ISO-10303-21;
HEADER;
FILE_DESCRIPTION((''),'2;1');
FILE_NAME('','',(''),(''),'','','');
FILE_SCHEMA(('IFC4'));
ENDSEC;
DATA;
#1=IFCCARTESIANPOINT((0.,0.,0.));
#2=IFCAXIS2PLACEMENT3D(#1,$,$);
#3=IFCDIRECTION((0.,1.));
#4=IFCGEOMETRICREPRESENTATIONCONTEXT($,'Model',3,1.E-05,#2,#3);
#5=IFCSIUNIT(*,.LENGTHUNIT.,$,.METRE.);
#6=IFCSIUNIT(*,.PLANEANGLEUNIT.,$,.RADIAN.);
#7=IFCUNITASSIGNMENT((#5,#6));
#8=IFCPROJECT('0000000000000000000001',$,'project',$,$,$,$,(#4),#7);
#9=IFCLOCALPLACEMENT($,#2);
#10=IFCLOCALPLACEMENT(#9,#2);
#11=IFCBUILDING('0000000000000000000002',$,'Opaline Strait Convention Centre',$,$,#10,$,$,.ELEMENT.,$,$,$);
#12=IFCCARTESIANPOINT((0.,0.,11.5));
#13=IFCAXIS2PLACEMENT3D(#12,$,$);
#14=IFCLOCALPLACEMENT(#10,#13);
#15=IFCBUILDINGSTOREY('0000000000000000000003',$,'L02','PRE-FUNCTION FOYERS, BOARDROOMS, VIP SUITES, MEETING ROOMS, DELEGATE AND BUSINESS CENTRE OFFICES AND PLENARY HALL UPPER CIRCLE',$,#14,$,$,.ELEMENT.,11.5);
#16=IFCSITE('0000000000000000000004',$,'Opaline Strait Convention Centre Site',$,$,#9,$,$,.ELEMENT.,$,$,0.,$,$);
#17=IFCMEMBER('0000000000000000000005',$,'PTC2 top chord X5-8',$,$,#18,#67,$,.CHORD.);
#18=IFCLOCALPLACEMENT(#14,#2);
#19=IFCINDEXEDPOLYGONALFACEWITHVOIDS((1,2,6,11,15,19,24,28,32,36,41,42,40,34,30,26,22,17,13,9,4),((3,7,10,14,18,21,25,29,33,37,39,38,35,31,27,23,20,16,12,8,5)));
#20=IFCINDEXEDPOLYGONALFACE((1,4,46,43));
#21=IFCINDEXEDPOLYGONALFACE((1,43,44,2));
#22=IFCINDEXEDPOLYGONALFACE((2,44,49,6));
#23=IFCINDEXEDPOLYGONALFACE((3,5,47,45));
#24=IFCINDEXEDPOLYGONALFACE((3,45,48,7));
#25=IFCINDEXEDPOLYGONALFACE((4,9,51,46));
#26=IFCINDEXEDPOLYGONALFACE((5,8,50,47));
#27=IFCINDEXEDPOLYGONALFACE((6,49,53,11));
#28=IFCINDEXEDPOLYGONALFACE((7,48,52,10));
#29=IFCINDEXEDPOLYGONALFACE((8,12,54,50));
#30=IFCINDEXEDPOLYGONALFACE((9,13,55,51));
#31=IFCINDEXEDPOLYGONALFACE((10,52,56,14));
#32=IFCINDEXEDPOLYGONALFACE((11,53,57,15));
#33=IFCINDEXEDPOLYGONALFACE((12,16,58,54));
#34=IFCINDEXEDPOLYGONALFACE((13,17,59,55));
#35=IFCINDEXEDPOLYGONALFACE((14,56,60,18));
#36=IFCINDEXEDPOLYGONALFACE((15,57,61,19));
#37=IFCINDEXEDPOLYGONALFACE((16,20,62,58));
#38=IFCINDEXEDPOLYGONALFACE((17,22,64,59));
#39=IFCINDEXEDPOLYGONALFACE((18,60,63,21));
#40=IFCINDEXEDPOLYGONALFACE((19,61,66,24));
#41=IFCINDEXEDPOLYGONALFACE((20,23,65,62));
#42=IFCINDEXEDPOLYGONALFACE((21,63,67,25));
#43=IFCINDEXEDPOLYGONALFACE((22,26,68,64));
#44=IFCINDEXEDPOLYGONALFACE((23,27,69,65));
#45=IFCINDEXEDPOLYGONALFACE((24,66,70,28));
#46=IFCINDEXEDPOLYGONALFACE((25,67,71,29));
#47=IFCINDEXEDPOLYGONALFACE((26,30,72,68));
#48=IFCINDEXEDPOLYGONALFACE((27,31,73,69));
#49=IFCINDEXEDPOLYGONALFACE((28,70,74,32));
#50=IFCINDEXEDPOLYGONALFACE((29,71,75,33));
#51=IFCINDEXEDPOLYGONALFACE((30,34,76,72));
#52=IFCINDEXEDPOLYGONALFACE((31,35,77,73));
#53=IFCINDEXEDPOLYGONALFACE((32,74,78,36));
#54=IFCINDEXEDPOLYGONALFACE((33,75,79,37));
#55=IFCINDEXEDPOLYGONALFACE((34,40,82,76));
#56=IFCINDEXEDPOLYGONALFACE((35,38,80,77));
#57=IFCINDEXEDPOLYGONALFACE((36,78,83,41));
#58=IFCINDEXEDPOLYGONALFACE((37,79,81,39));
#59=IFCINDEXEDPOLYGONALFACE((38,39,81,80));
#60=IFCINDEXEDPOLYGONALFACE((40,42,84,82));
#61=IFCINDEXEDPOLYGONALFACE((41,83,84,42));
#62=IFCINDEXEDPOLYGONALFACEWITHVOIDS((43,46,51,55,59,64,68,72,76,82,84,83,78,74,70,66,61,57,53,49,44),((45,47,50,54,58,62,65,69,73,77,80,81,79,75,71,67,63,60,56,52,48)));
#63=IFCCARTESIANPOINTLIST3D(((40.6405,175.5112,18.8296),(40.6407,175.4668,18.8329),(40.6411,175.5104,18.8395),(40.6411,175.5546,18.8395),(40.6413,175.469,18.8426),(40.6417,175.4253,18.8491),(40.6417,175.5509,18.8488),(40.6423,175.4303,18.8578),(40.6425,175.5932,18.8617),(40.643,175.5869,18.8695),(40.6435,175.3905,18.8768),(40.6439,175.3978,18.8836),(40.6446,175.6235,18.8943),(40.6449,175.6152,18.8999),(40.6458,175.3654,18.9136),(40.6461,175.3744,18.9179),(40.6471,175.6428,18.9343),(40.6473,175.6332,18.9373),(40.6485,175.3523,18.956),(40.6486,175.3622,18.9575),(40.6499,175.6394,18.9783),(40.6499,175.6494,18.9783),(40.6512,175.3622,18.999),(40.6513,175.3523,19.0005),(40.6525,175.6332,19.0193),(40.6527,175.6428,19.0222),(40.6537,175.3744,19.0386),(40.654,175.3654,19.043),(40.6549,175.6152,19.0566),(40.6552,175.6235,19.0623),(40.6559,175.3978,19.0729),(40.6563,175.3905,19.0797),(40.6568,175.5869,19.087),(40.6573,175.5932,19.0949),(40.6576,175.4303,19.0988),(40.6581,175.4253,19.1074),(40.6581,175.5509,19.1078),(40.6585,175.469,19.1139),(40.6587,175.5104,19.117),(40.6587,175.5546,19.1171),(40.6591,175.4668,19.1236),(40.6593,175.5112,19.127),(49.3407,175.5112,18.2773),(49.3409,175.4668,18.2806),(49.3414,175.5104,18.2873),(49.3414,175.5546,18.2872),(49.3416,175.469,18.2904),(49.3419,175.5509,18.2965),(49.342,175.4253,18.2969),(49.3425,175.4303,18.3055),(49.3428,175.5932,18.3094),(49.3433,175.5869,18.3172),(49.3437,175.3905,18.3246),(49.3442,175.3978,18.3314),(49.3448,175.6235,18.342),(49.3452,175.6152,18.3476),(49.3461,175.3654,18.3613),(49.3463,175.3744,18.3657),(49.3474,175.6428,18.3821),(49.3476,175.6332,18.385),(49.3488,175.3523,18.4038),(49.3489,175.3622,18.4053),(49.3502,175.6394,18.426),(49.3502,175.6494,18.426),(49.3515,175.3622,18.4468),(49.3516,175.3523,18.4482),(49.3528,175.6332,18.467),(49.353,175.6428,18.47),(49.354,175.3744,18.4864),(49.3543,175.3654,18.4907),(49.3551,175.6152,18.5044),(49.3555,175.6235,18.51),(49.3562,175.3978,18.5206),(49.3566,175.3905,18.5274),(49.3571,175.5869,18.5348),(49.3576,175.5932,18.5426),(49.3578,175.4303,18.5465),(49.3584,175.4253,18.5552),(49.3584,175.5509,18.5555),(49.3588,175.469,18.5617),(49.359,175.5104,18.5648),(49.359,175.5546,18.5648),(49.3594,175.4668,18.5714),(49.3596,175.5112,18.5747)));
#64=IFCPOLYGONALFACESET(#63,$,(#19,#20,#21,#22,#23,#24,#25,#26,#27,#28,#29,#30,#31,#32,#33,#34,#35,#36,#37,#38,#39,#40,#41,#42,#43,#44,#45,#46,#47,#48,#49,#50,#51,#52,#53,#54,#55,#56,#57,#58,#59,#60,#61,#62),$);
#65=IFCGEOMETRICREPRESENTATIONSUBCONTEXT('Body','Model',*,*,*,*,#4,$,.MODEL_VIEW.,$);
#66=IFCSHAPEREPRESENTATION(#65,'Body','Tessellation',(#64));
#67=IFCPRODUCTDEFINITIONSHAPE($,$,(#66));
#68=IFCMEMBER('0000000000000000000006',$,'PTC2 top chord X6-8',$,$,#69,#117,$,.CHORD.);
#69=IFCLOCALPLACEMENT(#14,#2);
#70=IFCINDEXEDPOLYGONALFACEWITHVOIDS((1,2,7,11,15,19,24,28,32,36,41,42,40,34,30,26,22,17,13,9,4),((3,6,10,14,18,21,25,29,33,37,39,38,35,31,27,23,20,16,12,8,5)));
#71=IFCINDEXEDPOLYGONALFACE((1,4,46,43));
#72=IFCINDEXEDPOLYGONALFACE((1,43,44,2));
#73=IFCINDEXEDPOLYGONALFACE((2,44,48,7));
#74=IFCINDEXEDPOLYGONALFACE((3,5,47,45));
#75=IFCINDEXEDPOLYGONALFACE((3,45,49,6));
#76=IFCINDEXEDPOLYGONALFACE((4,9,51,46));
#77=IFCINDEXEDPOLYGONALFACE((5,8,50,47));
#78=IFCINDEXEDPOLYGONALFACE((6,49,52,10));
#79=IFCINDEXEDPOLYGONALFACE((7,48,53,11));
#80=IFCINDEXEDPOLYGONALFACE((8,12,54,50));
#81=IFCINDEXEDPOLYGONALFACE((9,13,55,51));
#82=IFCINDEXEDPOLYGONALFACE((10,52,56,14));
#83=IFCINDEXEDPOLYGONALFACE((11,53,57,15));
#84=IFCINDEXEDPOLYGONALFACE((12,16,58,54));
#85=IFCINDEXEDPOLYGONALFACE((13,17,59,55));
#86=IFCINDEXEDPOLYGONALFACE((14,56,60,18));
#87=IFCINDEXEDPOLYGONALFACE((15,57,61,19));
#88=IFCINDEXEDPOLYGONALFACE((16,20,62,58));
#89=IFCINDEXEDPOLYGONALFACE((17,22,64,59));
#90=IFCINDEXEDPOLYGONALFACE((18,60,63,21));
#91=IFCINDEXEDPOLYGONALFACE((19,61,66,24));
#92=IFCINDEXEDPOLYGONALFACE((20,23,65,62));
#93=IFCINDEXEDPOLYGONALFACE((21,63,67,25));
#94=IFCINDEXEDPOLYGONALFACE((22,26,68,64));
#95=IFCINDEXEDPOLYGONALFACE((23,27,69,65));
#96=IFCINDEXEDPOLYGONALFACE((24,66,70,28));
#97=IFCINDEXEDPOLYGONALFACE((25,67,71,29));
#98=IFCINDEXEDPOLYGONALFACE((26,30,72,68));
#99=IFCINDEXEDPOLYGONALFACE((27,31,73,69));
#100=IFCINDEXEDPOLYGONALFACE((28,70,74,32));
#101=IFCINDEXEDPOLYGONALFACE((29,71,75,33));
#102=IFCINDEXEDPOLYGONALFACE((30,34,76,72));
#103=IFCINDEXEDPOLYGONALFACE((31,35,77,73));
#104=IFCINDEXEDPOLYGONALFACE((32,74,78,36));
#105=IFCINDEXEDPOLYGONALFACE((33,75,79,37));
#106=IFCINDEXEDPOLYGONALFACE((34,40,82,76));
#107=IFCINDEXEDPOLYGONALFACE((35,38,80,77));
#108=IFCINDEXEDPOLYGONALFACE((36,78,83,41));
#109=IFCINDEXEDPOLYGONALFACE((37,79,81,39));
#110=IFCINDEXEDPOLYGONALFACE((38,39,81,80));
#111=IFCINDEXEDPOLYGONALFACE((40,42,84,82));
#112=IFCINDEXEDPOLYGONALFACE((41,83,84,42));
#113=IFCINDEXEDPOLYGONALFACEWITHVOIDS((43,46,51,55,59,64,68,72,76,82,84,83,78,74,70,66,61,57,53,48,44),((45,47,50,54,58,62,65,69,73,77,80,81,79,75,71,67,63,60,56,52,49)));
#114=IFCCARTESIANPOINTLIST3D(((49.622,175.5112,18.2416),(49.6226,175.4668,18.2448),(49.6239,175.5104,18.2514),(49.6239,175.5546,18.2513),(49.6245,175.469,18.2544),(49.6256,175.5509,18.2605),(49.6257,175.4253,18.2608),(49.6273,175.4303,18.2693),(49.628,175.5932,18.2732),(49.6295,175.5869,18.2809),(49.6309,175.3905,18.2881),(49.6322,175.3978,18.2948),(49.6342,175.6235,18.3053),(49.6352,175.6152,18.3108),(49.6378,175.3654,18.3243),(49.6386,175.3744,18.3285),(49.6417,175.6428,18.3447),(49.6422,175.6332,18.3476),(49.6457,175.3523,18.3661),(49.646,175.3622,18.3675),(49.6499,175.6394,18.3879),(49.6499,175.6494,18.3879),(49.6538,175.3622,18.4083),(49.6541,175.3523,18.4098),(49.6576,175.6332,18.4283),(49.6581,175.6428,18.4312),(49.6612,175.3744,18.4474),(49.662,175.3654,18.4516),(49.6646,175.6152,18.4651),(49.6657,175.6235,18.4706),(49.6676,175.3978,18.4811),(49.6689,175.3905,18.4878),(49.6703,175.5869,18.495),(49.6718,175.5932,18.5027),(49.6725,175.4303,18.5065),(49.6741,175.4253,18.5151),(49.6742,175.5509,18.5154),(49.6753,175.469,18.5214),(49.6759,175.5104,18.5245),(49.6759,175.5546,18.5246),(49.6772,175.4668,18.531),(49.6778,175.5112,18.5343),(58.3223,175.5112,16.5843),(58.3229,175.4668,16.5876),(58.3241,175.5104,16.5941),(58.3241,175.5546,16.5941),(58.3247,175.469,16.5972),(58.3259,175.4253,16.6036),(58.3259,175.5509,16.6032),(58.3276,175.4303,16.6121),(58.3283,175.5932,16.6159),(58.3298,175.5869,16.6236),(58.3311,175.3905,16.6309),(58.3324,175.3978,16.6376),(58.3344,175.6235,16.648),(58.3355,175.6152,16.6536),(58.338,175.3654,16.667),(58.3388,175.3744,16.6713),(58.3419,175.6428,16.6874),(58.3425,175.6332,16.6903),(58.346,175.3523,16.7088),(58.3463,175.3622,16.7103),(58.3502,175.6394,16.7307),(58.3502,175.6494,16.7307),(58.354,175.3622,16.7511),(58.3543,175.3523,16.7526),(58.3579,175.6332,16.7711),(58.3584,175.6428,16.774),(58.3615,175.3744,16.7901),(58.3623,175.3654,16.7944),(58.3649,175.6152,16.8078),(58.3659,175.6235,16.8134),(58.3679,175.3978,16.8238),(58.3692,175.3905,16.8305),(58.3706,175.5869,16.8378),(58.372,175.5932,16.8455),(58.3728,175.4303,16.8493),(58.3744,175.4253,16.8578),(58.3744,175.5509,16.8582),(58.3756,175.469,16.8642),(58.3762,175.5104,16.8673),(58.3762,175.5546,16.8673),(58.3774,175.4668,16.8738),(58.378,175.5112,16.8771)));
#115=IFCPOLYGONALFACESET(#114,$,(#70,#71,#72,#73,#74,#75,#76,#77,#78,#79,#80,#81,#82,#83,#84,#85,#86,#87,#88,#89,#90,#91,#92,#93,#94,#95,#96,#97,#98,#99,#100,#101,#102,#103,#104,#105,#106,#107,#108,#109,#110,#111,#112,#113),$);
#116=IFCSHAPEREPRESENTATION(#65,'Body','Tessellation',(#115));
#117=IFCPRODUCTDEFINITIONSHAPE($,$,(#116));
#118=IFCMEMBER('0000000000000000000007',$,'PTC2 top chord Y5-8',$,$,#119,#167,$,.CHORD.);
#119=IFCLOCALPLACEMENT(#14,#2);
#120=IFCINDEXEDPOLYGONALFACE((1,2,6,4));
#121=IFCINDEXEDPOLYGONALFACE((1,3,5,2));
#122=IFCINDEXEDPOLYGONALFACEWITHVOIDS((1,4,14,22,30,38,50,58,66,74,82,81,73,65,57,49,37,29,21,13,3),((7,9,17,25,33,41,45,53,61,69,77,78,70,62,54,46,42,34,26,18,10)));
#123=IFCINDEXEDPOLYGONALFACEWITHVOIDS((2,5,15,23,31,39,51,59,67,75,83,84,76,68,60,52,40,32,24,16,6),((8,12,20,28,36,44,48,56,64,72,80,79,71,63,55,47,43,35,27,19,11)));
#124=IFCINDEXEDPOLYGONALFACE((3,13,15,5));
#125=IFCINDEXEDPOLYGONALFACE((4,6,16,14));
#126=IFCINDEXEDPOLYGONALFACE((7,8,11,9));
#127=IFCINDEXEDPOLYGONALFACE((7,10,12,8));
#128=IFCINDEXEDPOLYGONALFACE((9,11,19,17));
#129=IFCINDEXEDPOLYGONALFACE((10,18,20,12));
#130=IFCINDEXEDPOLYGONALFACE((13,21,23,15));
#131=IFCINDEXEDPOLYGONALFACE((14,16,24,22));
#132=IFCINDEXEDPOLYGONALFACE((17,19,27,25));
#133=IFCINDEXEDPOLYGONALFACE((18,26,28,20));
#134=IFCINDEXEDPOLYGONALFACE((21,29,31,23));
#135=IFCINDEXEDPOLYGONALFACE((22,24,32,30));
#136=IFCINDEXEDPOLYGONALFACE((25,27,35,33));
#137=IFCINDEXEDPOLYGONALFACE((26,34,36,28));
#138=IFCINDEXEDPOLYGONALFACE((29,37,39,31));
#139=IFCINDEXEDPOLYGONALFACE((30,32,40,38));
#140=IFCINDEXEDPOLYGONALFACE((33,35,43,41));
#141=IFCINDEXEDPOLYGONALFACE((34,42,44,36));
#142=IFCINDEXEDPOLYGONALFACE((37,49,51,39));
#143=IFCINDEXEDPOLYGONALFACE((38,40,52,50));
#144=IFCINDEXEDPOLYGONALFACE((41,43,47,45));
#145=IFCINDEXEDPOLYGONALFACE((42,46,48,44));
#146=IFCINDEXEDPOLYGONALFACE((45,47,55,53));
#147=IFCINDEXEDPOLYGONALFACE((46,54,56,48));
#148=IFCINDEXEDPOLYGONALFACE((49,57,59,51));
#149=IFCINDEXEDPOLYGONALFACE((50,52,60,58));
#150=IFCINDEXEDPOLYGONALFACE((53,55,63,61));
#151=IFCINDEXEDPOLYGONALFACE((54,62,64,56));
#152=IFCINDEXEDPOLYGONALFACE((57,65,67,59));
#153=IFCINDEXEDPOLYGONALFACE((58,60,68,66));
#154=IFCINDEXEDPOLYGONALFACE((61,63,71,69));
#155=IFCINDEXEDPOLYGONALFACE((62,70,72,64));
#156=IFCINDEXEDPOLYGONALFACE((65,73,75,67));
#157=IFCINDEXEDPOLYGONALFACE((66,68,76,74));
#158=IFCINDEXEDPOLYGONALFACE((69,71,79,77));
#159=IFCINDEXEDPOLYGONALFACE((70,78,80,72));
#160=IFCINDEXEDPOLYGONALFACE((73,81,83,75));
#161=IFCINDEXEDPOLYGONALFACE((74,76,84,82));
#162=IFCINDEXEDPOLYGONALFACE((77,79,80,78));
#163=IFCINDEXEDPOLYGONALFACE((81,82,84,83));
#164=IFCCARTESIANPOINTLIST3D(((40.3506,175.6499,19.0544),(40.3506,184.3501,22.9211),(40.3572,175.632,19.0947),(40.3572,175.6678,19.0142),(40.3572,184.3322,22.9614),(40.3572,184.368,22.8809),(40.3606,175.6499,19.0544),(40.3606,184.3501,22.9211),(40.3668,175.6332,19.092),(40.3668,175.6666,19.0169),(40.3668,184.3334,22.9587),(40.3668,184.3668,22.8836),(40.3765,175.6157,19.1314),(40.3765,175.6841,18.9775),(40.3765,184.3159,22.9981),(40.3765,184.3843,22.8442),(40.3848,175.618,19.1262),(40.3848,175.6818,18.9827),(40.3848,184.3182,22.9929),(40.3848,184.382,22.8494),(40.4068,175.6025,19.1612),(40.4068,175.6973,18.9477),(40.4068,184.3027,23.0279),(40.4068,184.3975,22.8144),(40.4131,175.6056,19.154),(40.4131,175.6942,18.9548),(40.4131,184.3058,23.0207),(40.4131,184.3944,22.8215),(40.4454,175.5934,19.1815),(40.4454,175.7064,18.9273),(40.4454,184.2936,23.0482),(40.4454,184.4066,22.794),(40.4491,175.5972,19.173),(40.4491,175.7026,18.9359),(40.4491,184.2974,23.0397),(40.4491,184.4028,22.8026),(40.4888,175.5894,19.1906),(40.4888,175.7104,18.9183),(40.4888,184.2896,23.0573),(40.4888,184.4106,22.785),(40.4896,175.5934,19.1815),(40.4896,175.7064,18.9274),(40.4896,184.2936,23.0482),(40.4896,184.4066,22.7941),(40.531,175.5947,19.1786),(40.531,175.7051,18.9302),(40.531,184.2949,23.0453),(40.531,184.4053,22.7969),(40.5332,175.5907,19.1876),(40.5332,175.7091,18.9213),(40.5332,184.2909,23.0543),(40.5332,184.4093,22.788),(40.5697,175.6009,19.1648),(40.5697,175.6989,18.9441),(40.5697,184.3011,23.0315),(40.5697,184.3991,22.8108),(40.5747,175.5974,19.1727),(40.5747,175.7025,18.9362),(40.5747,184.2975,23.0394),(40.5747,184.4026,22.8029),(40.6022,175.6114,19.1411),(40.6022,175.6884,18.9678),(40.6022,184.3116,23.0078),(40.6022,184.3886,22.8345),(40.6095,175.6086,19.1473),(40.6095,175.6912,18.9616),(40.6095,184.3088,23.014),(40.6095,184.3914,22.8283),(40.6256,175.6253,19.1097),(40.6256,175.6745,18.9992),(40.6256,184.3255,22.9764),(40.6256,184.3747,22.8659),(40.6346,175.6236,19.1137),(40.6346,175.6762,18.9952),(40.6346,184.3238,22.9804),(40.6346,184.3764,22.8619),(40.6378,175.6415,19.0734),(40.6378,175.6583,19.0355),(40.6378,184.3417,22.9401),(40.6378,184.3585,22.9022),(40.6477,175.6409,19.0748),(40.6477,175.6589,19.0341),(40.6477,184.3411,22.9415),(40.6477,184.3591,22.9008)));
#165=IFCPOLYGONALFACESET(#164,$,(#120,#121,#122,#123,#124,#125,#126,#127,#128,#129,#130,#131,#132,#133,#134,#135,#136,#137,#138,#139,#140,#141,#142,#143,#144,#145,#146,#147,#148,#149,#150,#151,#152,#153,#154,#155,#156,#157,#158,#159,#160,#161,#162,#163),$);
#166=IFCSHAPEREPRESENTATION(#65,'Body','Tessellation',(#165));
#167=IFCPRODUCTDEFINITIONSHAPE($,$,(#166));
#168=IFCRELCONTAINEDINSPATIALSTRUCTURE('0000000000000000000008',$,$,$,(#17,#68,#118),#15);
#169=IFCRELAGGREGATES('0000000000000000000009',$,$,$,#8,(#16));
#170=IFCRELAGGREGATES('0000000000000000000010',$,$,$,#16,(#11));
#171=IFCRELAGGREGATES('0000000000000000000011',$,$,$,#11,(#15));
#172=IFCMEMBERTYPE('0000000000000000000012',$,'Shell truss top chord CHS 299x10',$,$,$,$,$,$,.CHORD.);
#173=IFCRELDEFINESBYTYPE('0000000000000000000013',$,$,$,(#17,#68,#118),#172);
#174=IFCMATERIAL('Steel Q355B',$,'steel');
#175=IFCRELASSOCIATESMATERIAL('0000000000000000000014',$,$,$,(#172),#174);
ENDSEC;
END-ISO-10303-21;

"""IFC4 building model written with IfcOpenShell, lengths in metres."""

from ifc_helpers import new_model, si_unit, direction, frame, origin, origin_2d, place, context, subcontext, project, spatial, hollow_circle, extrude, material, material_profile, profile_set, type_object, element, save


model = new_model("IFC4")

# Units and contexts
model_context = context("Model", 3, precision=1e-05, world=origin(), true_north=direction((0.0, 1.0)))
body_context = subcontext(model_context, "Body", "Model", "MODEL_VIEW")
ifc_project = project(units=[si_unit("LENGTHUNIT", "METRE"), si_unit("PLANEANGLEUNIT", "RADIAN")], contexts=[model_context])

# Site, building, storey
site_placement = place(None, origin())
site = spatial("IfcSite", under=ifc_project, at=site_placement, Name="Opaline Strait Convention Centre Site", CompositionType="ELEMENT", RefElevation=0.0)
building_placement = place(site_placement, origin())
building = spatial("IfcBuilding", under=site, at=building_placement, Name="Opaline Strait Convention Centre", CompositionType="ELEMENT")
storey_placement = place(building_placement, frame((0.0, 0.0, 11.5)))
storey = spatial("IfcBuildingStorey", under=building, at=storey_placement, Name="L02", Description="PRE-FUNCTION FOYERS, BOARDROOMS, VIP SUITES, MEETING ROOMS, DELEGATE AND BUSINESS CENTRE OFFICES AND PLENARY HALL UPPER CIRCLE", CompositionType="ELEMENT", Elevation=11.5)

# Members
ifc_material_1 = material(Name="Steel Q355B", Category="steel")
ifc_material_profile_1 = material_profile(ifc_material_1, hollow_circle(Radius=0.1494, WallThickness=0.01, at=origin_2d()), Name="CHS 299x10")
ifc_profile_set_1 = profile_set([ifc_material_profile_1], Name="Steel Q355B")
member_type_1 = type_object("IfcMemberType", Name="Shell truss top chord CHS 299x10", PredefinedType="CHORD", material=ifc_profile_set_1)
member_1_placement = place(storey_placement, frame((40.6499, 175.5, 18.9783), z_axis=(0.997992, 0.0, -0.063348), x_axis=(0.0, 1.0, 0.0)))
element("IfcMember", 1, at=member_1_placement, inside=storey, type_object=member_type_1, Name="PTC2 top chord X5-8", PredefinedType="CHORD", context=body_context, shape_type="SweptSolid", body=[
    extrude(hollow_circle(Radius=0.1494, WallThickness=0.01, at=origin_2d()), origin(), (0.0, 0.0, 1.0), 8.7178),
])
member_2_placement = place(storey_placement, frame((49.6499, 175.5, 18.3879), z_axis=(0.982338, 0.0, -0.187117), x_axis=(0.0, 1.0, 0.0)))
element("IfcMember", 2, at=member_2_placement, inside=storey, type_object=member_type_1, Name="PTC2 top chord X6-8", PredefinedType="CHORD", context=body_context, shape_type="SweptSolid", body=[
    extrude(hollow_circle(Radius=0.1494, WallThickness=0.01, at=origin_2d()), origin(), (0.0, 0.0, 1.0), 8.8567),
])
for number, where, z_axis, x_axis, name in (
    (3, (40.5, 175.6499, 19.0544), (0.0, 0.913814, 0.406134), (-1.0, 0.0, 0.0), "PTC2 top chord Y5-8"),
):
    element("IfcMember", number, at=place(storey_placement, frame(where, z_axis=z_axis, x_axis=x_axis)), inside=storey, type_object=member_type_1, Name=name, PredefinedType="CHORD", context=body_context, shape_type="SweptSolid", body=[
        extrude(hollow_circle(Radius=0.1494, WallThickness=0.01, at=origin_2d()), origin(), (0.0, 0.0, 1.0), 9.5208),
    ])

save(model, "model.ifc")
